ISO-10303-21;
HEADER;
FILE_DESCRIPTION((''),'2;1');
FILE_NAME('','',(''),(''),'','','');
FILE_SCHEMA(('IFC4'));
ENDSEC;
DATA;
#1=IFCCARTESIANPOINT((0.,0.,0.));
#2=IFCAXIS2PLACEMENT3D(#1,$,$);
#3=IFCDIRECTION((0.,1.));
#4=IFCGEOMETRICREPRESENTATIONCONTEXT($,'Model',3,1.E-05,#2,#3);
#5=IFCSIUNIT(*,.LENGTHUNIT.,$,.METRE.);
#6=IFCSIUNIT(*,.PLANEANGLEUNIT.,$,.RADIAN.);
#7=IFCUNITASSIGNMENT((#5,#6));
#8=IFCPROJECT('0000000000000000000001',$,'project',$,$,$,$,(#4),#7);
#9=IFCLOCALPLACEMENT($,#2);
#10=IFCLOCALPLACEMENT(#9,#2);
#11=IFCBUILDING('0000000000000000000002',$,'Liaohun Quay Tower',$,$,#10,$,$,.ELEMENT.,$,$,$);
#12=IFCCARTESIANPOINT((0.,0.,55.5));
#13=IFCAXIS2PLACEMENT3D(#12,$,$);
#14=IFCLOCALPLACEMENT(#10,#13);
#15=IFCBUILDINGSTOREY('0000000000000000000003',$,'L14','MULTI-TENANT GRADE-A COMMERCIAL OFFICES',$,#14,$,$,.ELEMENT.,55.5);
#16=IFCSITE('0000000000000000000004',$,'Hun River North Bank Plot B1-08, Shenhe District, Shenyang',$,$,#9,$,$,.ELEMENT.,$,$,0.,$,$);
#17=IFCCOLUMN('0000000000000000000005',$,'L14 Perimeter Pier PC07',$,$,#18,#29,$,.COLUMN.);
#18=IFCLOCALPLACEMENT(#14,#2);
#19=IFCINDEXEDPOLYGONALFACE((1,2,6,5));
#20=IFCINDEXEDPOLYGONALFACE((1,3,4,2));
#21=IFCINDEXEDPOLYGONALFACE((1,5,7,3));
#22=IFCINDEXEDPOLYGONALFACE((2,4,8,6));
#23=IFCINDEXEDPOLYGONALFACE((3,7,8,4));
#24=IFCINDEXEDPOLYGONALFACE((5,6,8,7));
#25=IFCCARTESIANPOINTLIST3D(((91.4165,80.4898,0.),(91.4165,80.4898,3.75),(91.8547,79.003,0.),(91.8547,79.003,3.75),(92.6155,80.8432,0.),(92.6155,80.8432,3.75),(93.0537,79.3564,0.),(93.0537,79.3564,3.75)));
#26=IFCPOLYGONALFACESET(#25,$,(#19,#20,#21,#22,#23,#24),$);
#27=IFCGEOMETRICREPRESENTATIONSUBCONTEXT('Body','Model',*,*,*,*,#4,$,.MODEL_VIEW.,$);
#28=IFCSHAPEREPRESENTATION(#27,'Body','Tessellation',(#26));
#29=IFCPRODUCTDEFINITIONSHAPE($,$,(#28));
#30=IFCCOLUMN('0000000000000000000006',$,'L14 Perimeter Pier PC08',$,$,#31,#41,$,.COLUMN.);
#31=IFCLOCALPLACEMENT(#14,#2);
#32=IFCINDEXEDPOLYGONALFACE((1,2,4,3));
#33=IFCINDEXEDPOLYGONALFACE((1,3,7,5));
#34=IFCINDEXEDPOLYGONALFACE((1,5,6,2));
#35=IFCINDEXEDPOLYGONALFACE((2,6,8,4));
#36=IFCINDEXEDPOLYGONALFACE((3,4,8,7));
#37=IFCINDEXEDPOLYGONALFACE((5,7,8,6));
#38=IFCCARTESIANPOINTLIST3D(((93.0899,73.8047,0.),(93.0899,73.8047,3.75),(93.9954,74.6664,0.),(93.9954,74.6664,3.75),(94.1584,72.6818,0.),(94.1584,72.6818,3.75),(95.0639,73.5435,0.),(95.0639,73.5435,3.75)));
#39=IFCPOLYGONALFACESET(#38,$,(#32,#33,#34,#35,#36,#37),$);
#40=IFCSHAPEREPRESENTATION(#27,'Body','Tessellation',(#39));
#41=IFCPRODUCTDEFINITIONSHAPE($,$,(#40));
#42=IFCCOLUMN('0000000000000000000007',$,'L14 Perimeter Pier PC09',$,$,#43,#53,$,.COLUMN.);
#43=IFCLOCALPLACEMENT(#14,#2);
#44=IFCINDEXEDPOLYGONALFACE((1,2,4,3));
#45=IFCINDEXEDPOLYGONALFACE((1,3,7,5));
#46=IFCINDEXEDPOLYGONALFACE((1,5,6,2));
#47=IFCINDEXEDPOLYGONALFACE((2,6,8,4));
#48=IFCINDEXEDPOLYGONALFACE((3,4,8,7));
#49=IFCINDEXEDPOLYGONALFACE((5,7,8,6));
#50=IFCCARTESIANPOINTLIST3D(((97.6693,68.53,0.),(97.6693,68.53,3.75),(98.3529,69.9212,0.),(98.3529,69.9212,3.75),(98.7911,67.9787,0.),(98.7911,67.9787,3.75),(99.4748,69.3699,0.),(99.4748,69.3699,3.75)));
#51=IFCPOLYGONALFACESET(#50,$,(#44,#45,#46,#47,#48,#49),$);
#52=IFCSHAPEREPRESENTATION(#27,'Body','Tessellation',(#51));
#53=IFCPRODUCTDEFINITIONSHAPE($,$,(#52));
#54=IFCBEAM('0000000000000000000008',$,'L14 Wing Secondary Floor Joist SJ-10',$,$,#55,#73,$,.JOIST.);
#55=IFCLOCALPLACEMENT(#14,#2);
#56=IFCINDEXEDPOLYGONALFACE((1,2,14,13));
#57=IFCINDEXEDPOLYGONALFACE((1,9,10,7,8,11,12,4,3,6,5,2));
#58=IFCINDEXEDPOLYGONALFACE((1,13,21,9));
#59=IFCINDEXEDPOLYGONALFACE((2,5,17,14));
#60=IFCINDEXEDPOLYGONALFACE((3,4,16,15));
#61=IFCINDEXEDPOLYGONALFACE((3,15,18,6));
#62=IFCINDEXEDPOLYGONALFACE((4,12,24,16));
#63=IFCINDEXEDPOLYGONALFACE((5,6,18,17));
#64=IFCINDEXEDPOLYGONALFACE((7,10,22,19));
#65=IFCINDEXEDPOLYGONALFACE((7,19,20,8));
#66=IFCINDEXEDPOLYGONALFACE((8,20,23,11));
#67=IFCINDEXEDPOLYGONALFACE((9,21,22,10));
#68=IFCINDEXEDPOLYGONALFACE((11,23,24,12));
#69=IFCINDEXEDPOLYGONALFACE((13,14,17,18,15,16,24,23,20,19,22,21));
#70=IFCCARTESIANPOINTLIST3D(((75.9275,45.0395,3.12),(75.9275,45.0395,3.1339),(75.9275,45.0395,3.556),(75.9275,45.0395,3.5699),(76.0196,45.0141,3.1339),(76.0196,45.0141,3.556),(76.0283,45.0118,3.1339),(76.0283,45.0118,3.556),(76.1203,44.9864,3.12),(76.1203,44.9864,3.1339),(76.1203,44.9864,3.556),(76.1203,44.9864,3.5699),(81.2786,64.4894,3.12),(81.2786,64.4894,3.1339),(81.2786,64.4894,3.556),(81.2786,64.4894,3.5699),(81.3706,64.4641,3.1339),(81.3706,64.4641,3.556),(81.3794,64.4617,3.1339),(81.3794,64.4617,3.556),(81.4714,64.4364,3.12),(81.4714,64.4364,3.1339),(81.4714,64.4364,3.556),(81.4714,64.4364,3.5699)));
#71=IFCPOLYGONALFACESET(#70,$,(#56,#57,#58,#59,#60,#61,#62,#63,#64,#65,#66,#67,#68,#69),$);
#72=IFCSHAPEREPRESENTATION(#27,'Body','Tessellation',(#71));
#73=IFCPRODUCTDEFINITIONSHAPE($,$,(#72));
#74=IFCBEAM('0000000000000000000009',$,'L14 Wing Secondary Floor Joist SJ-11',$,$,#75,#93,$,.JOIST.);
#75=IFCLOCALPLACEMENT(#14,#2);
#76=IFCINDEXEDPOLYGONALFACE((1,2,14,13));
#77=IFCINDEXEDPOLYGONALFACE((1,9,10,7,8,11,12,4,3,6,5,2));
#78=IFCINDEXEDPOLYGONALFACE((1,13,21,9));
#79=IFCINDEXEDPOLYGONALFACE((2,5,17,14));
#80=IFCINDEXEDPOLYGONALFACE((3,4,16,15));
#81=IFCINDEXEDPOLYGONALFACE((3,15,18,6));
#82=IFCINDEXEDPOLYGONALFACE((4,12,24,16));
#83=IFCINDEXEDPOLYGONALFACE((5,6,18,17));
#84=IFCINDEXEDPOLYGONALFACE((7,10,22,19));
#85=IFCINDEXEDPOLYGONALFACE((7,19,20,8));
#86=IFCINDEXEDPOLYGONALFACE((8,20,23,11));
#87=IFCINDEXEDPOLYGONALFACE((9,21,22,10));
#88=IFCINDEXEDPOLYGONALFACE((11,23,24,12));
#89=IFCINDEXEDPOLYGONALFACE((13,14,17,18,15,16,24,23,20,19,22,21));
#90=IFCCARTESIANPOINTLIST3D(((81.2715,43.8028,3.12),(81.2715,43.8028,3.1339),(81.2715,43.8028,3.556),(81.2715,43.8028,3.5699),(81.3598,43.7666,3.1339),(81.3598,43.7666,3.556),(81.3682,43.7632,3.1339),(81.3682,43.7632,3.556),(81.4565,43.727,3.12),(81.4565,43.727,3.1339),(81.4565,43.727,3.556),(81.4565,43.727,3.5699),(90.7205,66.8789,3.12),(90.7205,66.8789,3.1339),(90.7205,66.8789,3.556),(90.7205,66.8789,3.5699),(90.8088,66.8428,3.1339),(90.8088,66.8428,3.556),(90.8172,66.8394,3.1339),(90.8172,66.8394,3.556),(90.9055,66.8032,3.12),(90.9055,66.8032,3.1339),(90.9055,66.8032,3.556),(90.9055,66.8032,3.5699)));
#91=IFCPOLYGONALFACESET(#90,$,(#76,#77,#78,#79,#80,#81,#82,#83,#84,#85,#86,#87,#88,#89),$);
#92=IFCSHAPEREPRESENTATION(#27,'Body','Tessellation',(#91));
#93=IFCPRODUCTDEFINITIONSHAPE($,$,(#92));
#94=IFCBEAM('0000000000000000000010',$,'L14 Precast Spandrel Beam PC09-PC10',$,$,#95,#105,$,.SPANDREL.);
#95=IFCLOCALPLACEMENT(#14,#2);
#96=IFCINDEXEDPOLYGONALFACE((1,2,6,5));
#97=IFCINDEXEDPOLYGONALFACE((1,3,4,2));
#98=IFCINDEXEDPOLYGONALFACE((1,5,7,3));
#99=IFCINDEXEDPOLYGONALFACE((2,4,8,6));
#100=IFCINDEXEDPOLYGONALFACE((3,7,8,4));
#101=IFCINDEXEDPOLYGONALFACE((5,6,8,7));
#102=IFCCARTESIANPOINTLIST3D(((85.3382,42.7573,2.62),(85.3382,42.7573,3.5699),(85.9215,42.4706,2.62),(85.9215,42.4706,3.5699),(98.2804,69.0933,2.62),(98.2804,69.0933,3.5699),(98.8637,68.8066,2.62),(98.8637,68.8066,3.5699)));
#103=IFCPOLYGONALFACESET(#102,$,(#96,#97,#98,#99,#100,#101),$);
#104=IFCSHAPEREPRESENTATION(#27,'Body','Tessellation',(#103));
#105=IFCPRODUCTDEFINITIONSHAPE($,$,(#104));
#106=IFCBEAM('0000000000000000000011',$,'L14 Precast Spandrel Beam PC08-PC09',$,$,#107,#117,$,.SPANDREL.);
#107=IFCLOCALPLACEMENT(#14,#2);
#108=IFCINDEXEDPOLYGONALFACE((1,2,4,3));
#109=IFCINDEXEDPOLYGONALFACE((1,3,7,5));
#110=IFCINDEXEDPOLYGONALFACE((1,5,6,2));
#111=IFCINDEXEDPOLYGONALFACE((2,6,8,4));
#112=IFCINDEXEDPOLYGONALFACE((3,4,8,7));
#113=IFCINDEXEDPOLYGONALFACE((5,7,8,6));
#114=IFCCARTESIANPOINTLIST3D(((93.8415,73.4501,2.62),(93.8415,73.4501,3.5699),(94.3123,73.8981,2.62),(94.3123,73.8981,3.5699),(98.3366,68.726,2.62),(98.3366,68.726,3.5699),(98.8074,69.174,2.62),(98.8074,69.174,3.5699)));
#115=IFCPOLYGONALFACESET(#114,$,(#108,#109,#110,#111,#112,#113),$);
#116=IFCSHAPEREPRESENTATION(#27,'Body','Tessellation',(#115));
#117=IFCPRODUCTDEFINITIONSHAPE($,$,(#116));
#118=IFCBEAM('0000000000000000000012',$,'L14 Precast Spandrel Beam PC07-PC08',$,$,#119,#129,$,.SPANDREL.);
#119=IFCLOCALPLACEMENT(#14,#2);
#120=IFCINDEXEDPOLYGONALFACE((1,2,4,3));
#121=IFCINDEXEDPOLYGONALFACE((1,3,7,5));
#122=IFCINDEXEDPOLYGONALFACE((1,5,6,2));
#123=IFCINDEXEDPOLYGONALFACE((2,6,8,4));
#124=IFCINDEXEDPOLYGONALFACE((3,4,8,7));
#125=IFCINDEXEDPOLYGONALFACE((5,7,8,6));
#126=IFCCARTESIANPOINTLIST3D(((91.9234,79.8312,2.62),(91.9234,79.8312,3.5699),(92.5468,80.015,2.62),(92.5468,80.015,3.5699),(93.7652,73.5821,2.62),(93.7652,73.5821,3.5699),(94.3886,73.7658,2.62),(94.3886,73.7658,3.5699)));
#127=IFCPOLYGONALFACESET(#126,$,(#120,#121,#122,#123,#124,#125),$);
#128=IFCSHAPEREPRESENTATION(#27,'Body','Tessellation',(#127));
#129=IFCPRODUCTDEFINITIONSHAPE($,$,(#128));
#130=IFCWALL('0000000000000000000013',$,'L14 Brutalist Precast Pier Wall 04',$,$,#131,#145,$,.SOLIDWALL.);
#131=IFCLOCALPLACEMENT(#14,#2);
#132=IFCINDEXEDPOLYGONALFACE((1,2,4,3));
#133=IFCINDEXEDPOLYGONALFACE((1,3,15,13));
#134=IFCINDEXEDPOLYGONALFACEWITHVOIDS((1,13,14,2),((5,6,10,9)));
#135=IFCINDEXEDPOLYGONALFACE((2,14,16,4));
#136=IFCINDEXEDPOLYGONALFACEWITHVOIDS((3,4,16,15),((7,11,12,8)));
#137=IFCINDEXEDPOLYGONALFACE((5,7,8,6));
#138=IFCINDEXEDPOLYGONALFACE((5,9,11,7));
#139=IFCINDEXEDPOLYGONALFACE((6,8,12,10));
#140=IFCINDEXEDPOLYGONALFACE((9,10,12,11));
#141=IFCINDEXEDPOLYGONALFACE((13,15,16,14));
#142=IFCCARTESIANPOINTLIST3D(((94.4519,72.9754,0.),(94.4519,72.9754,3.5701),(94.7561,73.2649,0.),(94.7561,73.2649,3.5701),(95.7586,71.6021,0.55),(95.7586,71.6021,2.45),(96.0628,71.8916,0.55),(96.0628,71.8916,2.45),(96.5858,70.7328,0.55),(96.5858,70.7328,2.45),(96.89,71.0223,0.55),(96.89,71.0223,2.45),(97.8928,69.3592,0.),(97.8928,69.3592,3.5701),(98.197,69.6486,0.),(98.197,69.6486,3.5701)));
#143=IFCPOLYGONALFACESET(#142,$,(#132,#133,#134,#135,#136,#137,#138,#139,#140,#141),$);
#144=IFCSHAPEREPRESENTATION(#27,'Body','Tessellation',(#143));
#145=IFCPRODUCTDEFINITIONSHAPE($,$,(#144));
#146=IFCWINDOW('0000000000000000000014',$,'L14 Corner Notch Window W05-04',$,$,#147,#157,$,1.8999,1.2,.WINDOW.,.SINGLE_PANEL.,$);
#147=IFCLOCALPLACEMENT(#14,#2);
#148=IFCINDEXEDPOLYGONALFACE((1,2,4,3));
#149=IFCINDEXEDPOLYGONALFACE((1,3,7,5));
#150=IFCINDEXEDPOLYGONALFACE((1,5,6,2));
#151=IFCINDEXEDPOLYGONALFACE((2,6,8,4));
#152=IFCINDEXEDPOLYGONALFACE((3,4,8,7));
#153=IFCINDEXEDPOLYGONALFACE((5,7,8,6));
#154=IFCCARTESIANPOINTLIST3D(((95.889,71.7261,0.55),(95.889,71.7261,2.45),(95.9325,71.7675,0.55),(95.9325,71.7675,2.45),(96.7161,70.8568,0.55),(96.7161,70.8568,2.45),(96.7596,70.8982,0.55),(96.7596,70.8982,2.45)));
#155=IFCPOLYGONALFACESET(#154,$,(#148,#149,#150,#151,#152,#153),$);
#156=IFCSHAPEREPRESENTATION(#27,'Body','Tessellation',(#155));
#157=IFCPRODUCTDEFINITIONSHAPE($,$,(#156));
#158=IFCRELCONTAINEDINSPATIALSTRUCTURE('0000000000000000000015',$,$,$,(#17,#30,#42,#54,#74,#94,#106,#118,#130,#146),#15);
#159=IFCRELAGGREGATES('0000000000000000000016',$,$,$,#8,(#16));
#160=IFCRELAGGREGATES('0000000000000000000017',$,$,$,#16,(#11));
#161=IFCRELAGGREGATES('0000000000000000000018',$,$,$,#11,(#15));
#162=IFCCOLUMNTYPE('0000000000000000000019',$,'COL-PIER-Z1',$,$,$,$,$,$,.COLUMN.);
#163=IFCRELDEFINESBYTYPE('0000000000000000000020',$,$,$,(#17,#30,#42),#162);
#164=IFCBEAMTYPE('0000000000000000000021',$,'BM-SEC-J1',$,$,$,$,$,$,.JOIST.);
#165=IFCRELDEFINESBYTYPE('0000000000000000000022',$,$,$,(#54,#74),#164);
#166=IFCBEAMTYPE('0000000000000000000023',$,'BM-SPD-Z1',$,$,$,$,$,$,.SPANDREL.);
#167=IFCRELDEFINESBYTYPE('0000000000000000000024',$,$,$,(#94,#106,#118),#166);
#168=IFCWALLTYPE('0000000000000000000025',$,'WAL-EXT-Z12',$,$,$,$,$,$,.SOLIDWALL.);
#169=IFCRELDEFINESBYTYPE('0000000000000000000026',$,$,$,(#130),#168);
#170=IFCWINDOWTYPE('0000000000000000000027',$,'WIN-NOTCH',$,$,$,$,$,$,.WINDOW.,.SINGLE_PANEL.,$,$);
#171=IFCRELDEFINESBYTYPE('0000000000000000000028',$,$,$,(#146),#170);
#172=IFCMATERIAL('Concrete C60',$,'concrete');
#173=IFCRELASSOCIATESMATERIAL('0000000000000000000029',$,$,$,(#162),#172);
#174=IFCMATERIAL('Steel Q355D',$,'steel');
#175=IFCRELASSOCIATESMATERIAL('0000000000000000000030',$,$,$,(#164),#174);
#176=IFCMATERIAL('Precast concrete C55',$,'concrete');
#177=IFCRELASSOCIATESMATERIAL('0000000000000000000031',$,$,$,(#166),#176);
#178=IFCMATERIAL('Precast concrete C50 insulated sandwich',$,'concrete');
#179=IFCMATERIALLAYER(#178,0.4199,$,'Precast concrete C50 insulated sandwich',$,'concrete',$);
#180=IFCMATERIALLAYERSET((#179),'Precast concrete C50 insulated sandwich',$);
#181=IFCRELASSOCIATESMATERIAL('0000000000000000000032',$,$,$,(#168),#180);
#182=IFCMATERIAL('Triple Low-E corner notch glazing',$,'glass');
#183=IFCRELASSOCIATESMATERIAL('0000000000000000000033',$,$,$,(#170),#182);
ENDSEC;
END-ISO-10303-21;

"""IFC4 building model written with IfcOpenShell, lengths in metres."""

from ifc_helpers import new_model, si_unit, direction, frame, frame_2d, origin, origin_2d, place, context, subcontext, project, spatial, rectangle, i_section, extrude, source, transform, mapped, material, layer, layer_set, material_profile, profile_set, type_object, element, fill, save


model = new_model("IFC4")

# Units and contexts
model_context = context("Model", 3, precision=1e-05, world=origin(), true_north=direction((0.0, 1.0)))
body_context = subcontext(model_context, "Body", "Model", "MODEL_VIEW")
ifc_project = project(units=[si_unit("LENGTHUNIT", "METRE"), si_unit("PLANEANGLEUNIT", "RADIAN")], contexts=[model_context])

# Site, building, storey
site_placement = place(None, origin())
site = spatial("IfcSite", under=ifc_project, at=site_placement, Name="Hun River North Bank Plot B1-08, Shenhe District, Shenyang", CompositionType="ELEMENT", RefElevation=0.0)
building_placement = place(site_placement, origin())
building = spatial("IfcBuilding", under=site, at=building_placement, Name="Liaohun Quay Tower", CompositionType="ELEMENT")
storey_placement = place(building_placement, frame((0.0, 0.0, 55.5)))
storey = spatial("IfcBuildingStorey", under=building, at=storey_placement, Name="L14", Description="MULTI-TENANT GRADE-A COMMERCIAL OFFICES", CompositionType="ELEMENT", Elevation=55.5)

# Columns
ifc_material_1 = material(Name="Concrete C60", Category="concrete")
ifc_material_profile_1 = material_profile(ifc_material_1, rectangle(XDim=1.55, YDim=1.25, at=origin_2d()), Name="RC1550x1250")
ifc_profile_set_1 = profile_set([ifc_material_profile_1], Name="Concrete C60")
column_type = type_object("IfcColumnType", Name="COL-PIER-Z1", PredefinedType="COLUMN", material=ifc_profile_set_1)
shared_shape_1 = source(origin(), body_context, "Body", "SweptSolid", [
    extrude(rectangle(XDim=1.55, YDim=1.25, at=origin_2d()), origin(), (0.0, 0.0, 1.0), 3.75),
])
for number, where, z_axis, x_axis, name in (
    (1, (92.2351, 79.9231, 0.0), (0.0, 0.0, 1.0), (-0.282676, 0.959215, 0.0), "L14 Perimeter Pier PC07"),
    (2, (94.0769, 73.6741, 0.0), (0.0, 0.0, 1.0), (-0.689367, 0.724413, 0.0), "L14 Perimeter Pier PC08"),
    (3, (98.572, 68.95, 0.0), (0.0, 0.0, 1.0), (0.441036, 0.897489, 0.0), "L14 Perimeter Pier PC09"),
):
    element("IfcColumn", number, at=place(storey_placement, frame(where, z_axis=z_axis, x_axis=x_axis)), inside=storey, type_object=column_type, Name=name, PredefinedType="COLUMN", context=body_context, shape_type="MappedRepresentation", body=[
        mapped(shared_shape_1, transform((0.0, 0.0, 0.0), x_axis=(1.0, 0.0, 0.0), y_axis=(0.0, 1.0, 0.0), z_axis=(0.0, 0.0, 1.0), scale=1.0)),
    ])

# Beams
ifc_material_2 = material(Name="Steel Q355D", Category="steel")
ifc_material_profile_2 = material_profile(ifc_material_2, i_section(OverallWidth=0.2, OverallDepth=0.45, WebThickness=0.009, FlangeThickness=0.0139, at=origin_2d()), Name="HN450x200x9x14")
ifc_profile_set_2 = profile_set([ifc_material_profile_2], Name="Steel Q355D")
beam_type_1 = type_object("IfcBeamType", Name="BM-SEC-J1", PredefinedType="JOIST", material=ifc_profile_set_2)
shared_shape_2 = source(origin(), body_context, "Body", "SweptSolid", [
    extrude(i_section(OverallWidth=0.2, OverallDepth=0.45, WebThickness=0.009, FlangeThickness=0.0139, at=origin_2d()), origin(), (0.0, 0.0, 1.0), 20.1726),
])
beam_1_placement = place(storey_placement, frame((81.375, 64.4629, 3.345), z_axis=(-0.265264, -0.964176, 0.0), x_axis=(0.964176, -0.265264, 0.0)))
element("IfcBeam", 4, at=beam_1_placement, inside=storey, type_object=beam_type_1, Name="L14 Wing Secondary Floor Joist SJ-10", PredefinedType="JOIST", context=body_context, shape_type="MappedRepresentation", body=[
    mapped(shared_shape_2, transform((0.0, 0.0, 0.0), x_axis=(1.0, 0.0, 0.0), y_axis=(0.0, 1.0, 0.0), z_axis=(0.0, 0.0, 1.0), scale=1.0)),
])
shared_shape_3 = source(origin(), body_context, "Body", "SweptSolid", [
    extrude(i_section(OverallWidth=0.2, OverallDepth=0.45, WebThickness=0.009, FlangeThickness=0.0139, at=origin_2d()), origin(), (0.0, 0.0, 1.0), 24.9358),
])
beam_2_placement = place(storey_placement, frame((90.813, 66.8411, 3.345), z_axis=(-0.378932, -0.925424, 0.0), x_axis=(0.925424, -0.378932, 0.0)))
element("IfcBeam", 5, at=beam_2_placement, inside=storey, type_object=beam_type_1, Name="L14 Wing Secondary Floor Joist SJ-11", PredefinedType="JOIST", context=body_context, shape_type="MappedRepresentation", body=[
    mapped(shared_shape_3, transform((0.0, 0.0, 0.0), x_axis=(1.0, 0.0, 0.0), y_axis=(0.0, 1.0, 0.0), z_axis=(0.0, 0.0, 1.0), scale=1.0)),
])
ifc_material_3 = material(Name="Precast concrete C55", Category="concrete")
ifc_material_profile_3 = material_profile(ifc_material_3, rectangle(XDim=0.6499, YDim=0.95, at=origin_2d()), Name="RC650x950")
ifc_profile_set_3 = profile_set([ifc_material_profile_3], Name="Precast concrete C55")
beam_type_2 = type_object("IfcBeamType", Name="BM-SPD-Z1", PredefinedType="SPANDREL", material=ifc_profile_set_3)
shared_shape_4 = source(origin(), body_context, "Body", "SweptSolid", [
    extrude(rectangle(XDim=0.6499, YDim=0.95, at=origin_2d()), origin(), (0.0, 0.0, 1.0), 29.3442),
])
beam_3_placement = place(storey_placement, frame((98.572, 68.95, 3.095), z_axis=(-0.441046, -0.897484, 0.0), x_axis=(0.897484, -0.441046, 0.0)))
element("IfcBeam", 6, at=beam_3_placement, inside=storey, type_object=beam_type_2, Name="L14 Precast Spandrel Beam PC09-PC10", PredefinedType="SPANDREL", context=body_context, shape_type="MappedRepresentation", body=[
    mapped(shared_shape_4, transform((0.0, 0.0, 0.0), x_axis=(1.0, 0.0, 0.0), y_axis=(0.0, 1.0, 0.0), z_axis=(0.0, 0.0, 1.0), scale=1.0)),
])
shared_shape_5 = source(origin(), body_context, "Body", "SweptSolid", [
    extrude(rectangle(XDim=0.6499, YDim=0.95, at=origin_2d()), origin(), (0.0, 0.0, 1.0), 6.521),
])
beam_4_placement = place(storey_placement, frame((94.0769, 73.6741, 3.095), z_axis=(0.68933, -0.724448, 0.0), x_axis=(0.724448, 0.68933, 0.0)))
element("IfcBeam", 7, at=beam_4_placement, inside=storey, type_object=beam_type_2, Name="L14 Precast Spandrel Beam PC08-PC09", PredefinedType="SPANDREL", context=body_context, shape_type="MappedRepresentation", body=[
    mapped(shared_shape_5, transform((0.0, 0.0, 0.0), x_axis=(1.0, 0.0, 0.0), y_axis=(0.0, 1.0, 0.0), z_axis=(0.0, 0.0, 1.0), scale=1.0)),
])
shared_shape_6 = source(origin(), body_context, "Body", "SweptSolid", [
    extrude(rectangle(XDim=0.6499, YDim=0.95, at=origin_2d()), origin(), (0.0, 0.0, 1.0), 6.5149),
])
beam_5_placement = place(storey_placement, frame((92.2351, 79.9231, 3.095), z_axis=(0.28271, -0.959205, 0.0), x_axis=(0.959205, 0.28271, 0.0)))
element("IfcBeam", 8, at=beam_5_placement, inside=storey, type_object=beam_type_2, Name="L14 Precast Spandrel Beam PC07-PC08", PredefinedType="SPANDREL", context=body_context, shape_type="MappedRepresentation", body=[
    mapped(shared_shape_6, transform((0.0, 0.0, 0.0), x_axis=(1.0, 0.0, 0.0), y_axis=(0.0, 1.0, 0.0), z_axis=(0.0, 0.0, 1.0), scale=1.0)),
])

# Wall, opening, window
ifc_material_4 = material(Name="Precast concrete C50 insulated sandwich", Category="concrete")
ifc_layer_1 = layer(ifc_material_4, 0.4199, Name="Precast concrete C50 insulated sandwich", Category="concrete")
ifc_layer_set_1 = layer_set([ifc_layer_1], Name="Precast concrete C50 insulated sandwich")
wall_type_1 = type_object("IfcWallType", Name="WAL-EXT-Z12", PredefinedType="SOLIDWALL", material=ifc_layer_set_1)
wall_1_placement = place(storey_placement, frame((98.0449, 69.5039, 0.0), z_axis=(0.0, 0.0, 1.0), x_axis=(-0.68933, 0.724447, 0.0)))
wall_1 = element("IfcWall", 9, at=wall_1_placement, inside=storey, type_object=wall_type_1, Name="L14 Brutalist Precast Pier Wall 04", PredefinedType="SOLIDWALL", context=body_context, shape_type="SweptSolid", body=[
    extrude(rectangle(XDim=4.9917, YDim=0.4199, at=frame_2d((2.4958, 0.0))), origin(), (0.0, 0.0, 1.0), 3.5701),
])
shared_shape_7 = source(origin(), body_context, "Body", "SweptSolid", [
    extrude(rectangle(XDim=1.2, YDim=1.8999, at=frame_2d((0.6001, 0.95))), frame((0.0, 0.22, 0.0), z_axis=(0.0, -1.0, 0.0), x_axis=(1.0, 0.0, 0.0)), (0.0, 0.0, 1.0), 0.4399),
])
opening_1_placement = place(wall_1_placement, frame((1.896, 0.0, 0.55)))
opening_1 = element("IfcOpeningElement", 10, at=opening_1_placement, cuts=wall_1, PredefinedType="OPENING", context=body_context, shape_type="MappedRepresentation", body=[
    mapped(shared_shape_7, transform((0.0, 0.0, 0.0), x_axis=(1.0, 0.0, 0.0), y_axis=(0.0, 1.0, 0.0), z_axis=(0.0, 0.0, 1.0), scale=1.0)),
])
ifc_material_5 = material(Name="Triple Low-E corner notch glazing", Category="glass")
window_type_1 = type_object("IfcWindowType", Name="WIN-NOTCH", PartitioningType="SINGLE_PANEL", PredefinedType="WINDOW", material=ifc_material_5)
shared_shape_8 = source(origin(), body_context, "Body", "SweptSolid", [
    extrude(rectangle(XDim=1.2, YDim=1.8999, at=frame_2d((0.6001, 0.95))), frame((0.0, 0.03, 0.0), z_axis=(0.0, -1.0, 0.0), x_axis=(1.0, 0.0, 0.0)), (0.0, 0.0, 1.0), 0.0601),
])
window_1_placement = place(opening_1_placement, origin())
window_1 = element("IfcWindow", 11, at=window_1_placement, inside=storey, type_object=window_type_1, Name="L14 Corner Notch Window W05-04", OverallHeight=1.8999, OverallWidth=1.2, PartitioningType="SINGLE_PANEL", PredefinedType="WINDOW", context=body_context, shape_type="MappedRepresentation", body=[
    mapped(shared_shape_8, transform((0.0, 0.0, 0.0), x_axis=(1.0, 0.0, 0.0), y_axis=(0.0, 1.0, 0.0), z_axis=(0.0, 0.0, 1.0), scale=1.0)),
])
fill(opening_1, window_1)

save(model, "model.ifc")
